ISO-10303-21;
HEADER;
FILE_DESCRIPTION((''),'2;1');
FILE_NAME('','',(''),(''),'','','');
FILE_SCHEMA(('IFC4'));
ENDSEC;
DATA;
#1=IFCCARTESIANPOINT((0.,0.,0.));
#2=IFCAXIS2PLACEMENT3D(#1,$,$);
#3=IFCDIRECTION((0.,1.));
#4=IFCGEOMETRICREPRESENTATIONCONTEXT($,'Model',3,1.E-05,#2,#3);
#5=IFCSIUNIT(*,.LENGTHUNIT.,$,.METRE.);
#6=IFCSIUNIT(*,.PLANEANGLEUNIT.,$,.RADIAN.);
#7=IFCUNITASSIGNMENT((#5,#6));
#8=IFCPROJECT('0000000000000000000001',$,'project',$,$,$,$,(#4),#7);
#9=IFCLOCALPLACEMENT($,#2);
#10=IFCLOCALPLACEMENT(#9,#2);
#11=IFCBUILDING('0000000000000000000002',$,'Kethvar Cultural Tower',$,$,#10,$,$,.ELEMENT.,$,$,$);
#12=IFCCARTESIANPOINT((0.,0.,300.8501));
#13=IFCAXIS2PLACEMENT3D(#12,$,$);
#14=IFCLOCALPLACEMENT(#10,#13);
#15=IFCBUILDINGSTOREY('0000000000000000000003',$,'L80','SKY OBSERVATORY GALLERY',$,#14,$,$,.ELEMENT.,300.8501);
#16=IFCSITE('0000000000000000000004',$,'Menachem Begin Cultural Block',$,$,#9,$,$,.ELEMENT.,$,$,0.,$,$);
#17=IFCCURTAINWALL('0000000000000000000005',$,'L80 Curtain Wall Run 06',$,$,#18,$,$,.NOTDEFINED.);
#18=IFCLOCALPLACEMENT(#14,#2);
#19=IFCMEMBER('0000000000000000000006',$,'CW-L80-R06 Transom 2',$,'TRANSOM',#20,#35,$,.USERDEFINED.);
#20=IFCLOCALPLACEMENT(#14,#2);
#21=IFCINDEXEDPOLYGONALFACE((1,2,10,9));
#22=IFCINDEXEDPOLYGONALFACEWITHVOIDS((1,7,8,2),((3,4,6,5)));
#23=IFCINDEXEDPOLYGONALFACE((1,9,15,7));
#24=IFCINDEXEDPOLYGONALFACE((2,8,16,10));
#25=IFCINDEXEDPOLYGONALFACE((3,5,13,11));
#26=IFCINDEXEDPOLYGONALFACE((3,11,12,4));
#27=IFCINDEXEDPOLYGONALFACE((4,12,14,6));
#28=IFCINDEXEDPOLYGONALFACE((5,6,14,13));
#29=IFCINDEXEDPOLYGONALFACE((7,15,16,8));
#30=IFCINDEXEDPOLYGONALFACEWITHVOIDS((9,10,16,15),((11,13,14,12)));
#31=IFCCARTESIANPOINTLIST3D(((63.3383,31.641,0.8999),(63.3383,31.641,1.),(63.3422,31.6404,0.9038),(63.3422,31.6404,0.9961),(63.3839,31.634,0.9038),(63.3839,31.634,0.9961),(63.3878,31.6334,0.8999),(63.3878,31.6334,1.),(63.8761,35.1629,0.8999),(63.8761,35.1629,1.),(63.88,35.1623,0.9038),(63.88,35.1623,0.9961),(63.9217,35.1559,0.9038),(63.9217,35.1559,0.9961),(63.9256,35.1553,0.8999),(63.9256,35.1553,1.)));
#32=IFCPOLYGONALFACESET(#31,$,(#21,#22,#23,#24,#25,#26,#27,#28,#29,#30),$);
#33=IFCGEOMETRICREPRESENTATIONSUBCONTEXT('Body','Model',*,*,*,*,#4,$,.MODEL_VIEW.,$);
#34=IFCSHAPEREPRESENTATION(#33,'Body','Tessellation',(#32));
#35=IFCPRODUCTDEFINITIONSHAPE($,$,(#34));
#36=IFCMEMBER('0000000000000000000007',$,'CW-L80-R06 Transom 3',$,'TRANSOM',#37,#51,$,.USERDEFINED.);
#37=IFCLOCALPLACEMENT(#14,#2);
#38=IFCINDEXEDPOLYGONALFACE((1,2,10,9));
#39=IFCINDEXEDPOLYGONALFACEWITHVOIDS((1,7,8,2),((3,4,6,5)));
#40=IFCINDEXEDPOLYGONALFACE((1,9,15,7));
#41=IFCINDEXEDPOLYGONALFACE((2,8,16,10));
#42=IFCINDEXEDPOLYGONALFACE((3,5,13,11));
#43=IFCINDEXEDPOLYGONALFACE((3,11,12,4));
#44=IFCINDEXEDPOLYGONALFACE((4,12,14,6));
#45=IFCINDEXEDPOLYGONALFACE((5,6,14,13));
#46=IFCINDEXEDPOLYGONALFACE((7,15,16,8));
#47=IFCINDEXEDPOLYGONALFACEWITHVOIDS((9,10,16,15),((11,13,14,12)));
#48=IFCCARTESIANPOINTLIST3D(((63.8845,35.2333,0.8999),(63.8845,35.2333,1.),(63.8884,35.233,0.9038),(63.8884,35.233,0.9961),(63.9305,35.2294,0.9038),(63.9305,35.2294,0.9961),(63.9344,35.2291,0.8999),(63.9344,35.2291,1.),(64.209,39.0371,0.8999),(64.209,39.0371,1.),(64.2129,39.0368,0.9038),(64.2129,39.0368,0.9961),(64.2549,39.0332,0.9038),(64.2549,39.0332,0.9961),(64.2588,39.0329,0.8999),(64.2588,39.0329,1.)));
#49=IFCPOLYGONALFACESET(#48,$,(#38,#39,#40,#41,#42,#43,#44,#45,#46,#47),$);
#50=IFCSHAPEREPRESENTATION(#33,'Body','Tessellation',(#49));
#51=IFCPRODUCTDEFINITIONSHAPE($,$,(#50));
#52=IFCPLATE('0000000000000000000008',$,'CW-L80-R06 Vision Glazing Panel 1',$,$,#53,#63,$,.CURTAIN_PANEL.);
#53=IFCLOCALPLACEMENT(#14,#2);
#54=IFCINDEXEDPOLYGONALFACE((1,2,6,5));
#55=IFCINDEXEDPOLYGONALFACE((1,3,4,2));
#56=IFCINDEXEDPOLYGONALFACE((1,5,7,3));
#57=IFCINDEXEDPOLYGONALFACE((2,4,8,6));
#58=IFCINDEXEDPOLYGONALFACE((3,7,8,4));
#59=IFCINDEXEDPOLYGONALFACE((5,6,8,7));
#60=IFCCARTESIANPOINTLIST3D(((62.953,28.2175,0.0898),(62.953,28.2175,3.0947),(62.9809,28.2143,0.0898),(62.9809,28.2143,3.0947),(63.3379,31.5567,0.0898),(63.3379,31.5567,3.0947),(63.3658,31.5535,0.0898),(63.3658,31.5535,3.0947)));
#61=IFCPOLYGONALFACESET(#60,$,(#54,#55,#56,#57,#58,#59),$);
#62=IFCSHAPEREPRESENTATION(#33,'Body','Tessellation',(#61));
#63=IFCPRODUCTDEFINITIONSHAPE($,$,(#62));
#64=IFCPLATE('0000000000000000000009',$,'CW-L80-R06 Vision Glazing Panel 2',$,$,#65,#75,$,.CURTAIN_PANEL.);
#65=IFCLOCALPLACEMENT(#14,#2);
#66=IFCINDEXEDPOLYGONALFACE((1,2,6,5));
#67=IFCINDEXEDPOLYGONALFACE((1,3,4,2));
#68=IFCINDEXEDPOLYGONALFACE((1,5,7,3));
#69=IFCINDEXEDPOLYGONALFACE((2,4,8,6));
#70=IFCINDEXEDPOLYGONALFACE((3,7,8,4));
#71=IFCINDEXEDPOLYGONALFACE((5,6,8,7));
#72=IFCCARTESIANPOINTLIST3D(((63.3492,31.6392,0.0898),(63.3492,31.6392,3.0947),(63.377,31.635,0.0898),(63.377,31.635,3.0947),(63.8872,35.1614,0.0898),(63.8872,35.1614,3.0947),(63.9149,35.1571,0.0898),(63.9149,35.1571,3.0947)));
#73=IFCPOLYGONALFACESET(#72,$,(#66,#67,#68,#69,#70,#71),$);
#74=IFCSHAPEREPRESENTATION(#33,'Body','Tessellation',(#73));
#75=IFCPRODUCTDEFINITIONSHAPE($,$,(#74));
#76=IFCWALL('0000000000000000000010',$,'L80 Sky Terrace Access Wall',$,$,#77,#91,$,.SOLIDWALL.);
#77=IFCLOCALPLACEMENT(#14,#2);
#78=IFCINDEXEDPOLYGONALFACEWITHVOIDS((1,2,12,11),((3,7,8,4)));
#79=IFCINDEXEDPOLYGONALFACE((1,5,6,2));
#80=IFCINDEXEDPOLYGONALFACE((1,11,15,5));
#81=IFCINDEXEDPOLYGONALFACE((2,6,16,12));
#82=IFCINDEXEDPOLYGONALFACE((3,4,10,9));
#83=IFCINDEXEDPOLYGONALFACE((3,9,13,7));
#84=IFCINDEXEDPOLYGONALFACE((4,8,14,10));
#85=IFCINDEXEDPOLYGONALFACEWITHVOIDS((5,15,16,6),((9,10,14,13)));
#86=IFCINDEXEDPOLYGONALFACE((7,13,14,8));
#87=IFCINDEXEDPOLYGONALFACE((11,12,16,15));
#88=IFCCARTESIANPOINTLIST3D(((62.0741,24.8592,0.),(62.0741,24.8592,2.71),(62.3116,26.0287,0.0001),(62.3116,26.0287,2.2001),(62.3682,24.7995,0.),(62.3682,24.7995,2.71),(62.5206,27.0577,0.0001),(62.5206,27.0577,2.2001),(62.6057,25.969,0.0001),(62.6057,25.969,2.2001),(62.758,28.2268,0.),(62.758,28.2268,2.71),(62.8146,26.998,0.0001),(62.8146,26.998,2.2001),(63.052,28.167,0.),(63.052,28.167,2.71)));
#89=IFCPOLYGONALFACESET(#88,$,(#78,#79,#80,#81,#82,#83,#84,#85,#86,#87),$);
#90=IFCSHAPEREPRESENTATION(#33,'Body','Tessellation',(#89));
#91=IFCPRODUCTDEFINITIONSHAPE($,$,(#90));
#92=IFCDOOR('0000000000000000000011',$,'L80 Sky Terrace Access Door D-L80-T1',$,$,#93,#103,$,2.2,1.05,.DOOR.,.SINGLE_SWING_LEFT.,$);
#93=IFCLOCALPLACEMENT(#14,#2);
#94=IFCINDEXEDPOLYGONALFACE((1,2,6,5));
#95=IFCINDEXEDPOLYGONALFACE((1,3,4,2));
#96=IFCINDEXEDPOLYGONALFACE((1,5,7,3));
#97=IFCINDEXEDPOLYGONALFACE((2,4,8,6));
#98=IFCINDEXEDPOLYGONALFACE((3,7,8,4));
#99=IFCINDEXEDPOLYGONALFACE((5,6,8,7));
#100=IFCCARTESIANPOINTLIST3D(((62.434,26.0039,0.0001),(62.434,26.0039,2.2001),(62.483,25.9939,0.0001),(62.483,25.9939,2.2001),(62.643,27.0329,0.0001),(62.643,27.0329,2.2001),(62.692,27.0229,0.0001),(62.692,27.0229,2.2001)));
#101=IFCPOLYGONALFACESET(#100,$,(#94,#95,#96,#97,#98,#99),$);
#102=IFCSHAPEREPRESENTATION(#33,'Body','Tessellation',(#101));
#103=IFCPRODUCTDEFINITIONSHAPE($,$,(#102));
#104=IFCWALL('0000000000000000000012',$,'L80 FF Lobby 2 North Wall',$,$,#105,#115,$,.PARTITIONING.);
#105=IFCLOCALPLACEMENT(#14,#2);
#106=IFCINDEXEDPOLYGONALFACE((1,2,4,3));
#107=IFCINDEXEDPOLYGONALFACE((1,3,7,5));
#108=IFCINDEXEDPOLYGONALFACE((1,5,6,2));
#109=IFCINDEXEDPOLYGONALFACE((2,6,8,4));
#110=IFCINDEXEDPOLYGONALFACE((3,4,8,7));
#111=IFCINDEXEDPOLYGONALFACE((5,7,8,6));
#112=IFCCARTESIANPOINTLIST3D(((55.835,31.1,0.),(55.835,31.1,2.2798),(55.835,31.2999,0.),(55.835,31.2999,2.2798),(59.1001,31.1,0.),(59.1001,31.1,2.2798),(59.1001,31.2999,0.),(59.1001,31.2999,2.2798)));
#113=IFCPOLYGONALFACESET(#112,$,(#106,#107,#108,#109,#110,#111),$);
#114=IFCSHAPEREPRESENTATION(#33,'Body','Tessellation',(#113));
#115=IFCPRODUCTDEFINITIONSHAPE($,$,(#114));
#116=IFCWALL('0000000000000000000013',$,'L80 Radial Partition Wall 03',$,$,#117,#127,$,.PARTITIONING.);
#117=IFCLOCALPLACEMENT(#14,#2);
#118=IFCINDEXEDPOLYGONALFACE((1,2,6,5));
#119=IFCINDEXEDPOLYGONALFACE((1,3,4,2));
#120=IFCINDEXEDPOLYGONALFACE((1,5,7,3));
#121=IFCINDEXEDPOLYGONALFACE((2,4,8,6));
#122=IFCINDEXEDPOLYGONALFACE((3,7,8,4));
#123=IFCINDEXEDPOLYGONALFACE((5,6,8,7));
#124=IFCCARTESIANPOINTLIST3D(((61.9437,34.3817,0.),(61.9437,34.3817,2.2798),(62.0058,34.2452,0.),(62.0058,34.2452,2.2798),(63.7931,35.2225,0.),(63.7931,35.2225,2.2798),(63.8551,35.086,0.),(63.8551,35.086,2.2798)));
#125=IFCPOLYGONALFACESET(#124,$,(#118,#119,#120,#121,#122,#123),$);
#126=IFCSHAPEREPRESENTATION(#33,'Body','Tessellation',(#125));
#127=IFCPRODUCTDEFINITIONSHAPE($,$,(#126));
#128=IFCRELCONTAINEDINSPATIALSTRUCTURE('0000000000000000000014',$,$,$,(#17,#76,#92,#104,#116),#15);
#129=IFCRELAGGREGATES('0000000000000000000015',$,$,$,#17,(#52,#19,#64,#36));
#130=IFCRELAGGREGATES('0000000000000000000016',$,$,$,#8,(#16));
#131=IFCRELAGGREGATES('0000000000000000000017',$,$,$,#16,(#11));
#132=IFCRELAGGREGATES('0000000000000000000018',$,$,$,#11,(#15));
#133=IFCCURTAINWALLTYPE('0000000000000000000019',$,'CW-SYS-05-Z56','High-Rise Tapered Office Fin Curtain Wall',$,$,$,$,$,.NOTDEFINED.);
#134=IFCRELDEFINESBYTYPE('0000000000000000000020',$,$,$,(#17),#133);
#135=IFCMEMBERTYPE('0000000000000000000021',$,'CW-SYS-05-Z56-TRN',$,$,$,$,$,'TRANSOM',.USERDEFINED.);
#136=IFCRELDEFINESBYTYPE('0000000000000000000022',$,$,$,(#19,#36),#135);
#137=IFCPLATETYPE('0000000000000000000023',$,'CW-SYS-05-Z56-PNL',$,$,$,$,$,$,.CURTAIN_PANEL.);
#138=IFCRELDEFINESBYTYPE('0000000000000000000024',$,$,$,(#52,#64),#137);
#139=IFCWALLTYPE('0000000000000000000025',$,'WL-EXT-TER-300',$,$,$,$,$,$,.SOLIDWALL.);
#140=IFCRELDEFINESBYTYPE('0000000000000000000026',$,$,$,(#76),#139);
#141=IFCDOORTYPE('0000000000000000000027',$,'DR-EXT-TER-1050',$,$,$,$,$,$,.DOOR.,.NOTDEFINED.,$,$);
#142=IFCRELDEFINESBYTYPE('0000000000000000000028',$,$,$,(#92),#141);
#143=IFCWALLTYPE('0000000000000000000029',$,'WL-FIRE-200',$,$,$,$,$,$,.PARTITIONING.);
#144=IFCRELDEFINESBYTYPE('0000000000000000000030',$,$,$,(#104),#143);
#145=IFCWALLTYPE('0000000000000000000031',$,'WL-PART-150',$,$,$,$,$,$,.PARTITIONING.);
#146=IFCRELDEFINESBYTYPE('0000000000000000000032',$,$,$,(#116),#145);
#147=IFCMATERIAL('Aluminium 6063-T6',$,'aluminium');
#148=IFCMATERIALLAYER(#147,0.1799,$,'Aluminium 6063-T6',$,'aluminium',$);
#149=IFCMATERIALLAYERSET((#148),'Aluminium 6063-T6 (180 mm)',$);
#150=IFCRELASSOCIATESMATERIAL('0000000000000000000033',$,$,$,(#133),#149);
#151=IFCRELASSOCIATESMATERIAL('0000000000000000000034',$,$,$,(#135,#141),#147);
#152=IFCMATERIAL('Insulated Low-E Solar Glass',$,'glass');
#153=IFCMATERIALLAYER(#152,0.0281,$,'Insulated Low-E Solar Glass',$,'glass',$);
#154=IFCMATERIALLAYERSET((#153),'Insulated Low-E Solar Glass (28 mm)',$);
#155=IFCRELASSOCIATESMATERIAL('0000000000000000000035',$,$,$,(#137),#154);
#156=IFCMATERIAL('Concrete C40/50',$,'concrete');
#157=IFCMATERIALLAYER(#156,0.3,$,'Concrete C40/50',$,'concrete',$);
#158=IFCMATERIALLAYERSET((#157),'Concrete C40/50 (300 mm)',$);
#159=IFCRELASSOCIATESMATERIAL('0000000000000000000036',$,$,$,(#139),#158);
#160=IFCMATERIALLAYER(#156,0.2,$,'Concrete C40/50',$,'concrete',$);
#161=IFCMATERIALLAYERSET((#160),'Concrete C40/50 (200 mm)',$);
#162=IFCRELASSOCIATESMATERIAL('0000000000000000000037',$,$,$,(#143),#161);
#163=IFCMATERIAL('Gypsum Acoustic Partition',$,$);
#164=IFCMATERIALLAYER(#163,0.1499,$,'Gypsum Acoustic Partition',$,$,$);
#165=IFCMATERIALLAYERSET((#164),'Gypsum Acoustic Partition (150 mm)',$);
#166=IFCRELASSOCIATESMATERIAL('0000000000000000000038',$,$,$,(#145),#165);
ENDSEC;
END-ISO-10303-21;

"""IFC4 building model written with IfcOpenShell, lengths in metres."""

from ifc_helpers import new_model, si_unit, direction, frame, frame_2d, origin, origin_2d, place, context, subcontext, project, spatial, rectangle, hollow_rectangle, extrude, source, transform, mapped, material, layer, layer_set, material_profile, profile_set, type_object, element, fill, aggregate, save


model = new_model("IFC4")

# Units and contexts
model_context = context("Model", 3, precision=1e-05, world=origin(), true_north=direction((0.0, 1.0)))
body_context = subcontext(model_context, "Body", "Model", "MODEL_VIEW")
ifc_project = project(units=[si_unit("LENGTHUNIT", "METRE"), si_unit("PLANEANGLEUNIT", "RADIAN")], contexts=[model_context])

# Site, building, storey
site_placement = place(None, origin())
site = spatial("IfcSite", under=ifc_project, at=site_placement, Name="Menachem Begin Cultural Block", CompositionType="ELEMENT", RefElevation=0.0)
building_placement = place(site_placement, origin())
building = spatial("IfcBuilding", under=site, at=building_placement, Name="Kethvar Cultural Tower", CompositionType="ELEMENT")
storey_placement = place(building_placement, frame((0.0, 0.0, 300.8501)))
storey = spatial("IfcBuildingStorey", under=building, at=storey_placement, Name="L80", Description="SKY OBSERVATORY GALLERY", CompositionType="ELEMENT", Elevation=300.8501)

# Curtain wall, members, plates
ifc_material_1 = material(Name="Aluminium 6063-T6", Category="aluminium")
ifc_layer_1 = layer(ifc_material_1, 0.1799, Name="Aluminium 6063-T6", Category="aluminium")
ifc_layer_set_1 = layer_set([ifc_layer_1], Name="Aluminium 6063-T6 (180 mm)")
curtain_wall_type = type_object("IfcCurtainWallType", Name="CW-SYS-05-Z56", Description="High-Rise Tapered Office Fin Curtain Wall", PredefinedType="NOTDEFINED", material=ifc_layer_set_1)
curtain_wall_placement = place(storey_placement, origin())
curtain_wall = element("IfcCurtainWall", 1, at=curtain_wall_placement, inside=storey, type_object=curtain_wall_type, Name="L80 Curtain Wall Run 06", PredefinedType="NOTDEFINED")
ifc_material_profile_1 = material_profile(ifc_material_1, hollow_rectangle(XDim=0.05, YDim=0.1001, WallThickness=0.0039, at=origin_2d()), Name="Aluminium 6063-T6 — RHS100x50x4")
ifc_profile_set_1 = profile_set([ifc_material_profile_1], Name="Aluminium 6063-T6 — RHS100x50x4")
member_type_1 = type_object("IfcMemberType", Name="CW-SYS-05-Z56-TRN", ElementType="TRANSOM", PredefinedType="USERDEFINED", material=ifc_profile_set_1)
shared_shape_1 = source(origin(), body_context, "Body", "SweptSolid", [
    extrude(hollow_rectangle(XDim=0.05, YDim=0.1001, WallThickness=0.0039, at=origin_2d()), origin(), (0.0, 0.0, 1.0), 3.5627),
])
member_1_placement = place(storey_placement, frame((63.363, 31.6372, 0.95), z_axis=(0.15096, 0.98854, 0.0), x_axis=(-0.98854, 0.15096, 0.0)))
member_1 = element("IfcMember", 2, at=member_1_placement, type_object=member_type_1, Name="CW-L80-R06 Transom 2", ObjectType="TRANSOM", PredefinedType="USERDEFINED", context=body_context, shape_type="MappedRepresentation", body=[
    mapped(shared_shape_1, transform((0.0, 0.0, 0.0), scale=1.0)),
])
shared_shape_2 = source(origin(), body_context, "Body", "SweptSolid", [
    extrude(hollow_rectangle(XDim=0.05, YDim=0.1001, WallThickness=0.0039, at=origin_2d()), origin(), (0.0, 0.0, 1.0), 3.8176),
])
member_2_placement = place(storey_placement, frame((63.9094, 35.2312, 0.95), z_axis=(0.084993, 0.996382, 0.0), x_axis=(-0.996382, 0.084993, 0.0)))
member_2 = element("IfcMember", 3, at=member_2_placement, type_object=member_type_1, Name="CW-L80-R06 Transom 3", ObjectType="TRANSOM", PredefinedType="USERDEFINED", context=body_context, shape_type="MappedRepresentation", body=[
    mapped(shared_shape_2, transform((0.0, 0.0, 0.0), scale=1.0)),
])
ifc_material_2 = material(Name="Insulated Low-E Solar Glass", Category="glass")
ifc_layer_2 = layer(ifc_material_2, 0.0281, Name="Insulated Low-E Solar Glass", Category="glass")
ifc_layer_set_2 = layer_set([ifc_layer_2], Name="Insulated Low-E Solar Glass (28 mm)")
plate_type = type_object("IfcPlateType", Name="CW-SYS-05-Z56-PNL", PredefinedType="CURTAIN_PANEL", material=ifc_layer_set_2)
shared_shape_3 = source(origin(), body_context, "Body", "SweptSolid", [
    extrude(rectangle(XDim=3.3613, YDim=0.0281, at=origin_2d()), origin(), (0.0, 0.0, 1.0), 3.0049),
])
plate_1_placement = place(storey_placement, frame((63.1594, 29.8855, 0.0898), z_axis=(0.0, 0.0, 1.0), x_axis=(0.114521, 0.993421, 0.0)))
plate_1 = element("IfcPlate", 4, at=plate_1_placement, type_object=plate_type, Name="CW-L80-R06 Vision Glazing Panel 1", PredefinedType="CURTAIN_PANEL", context=body_context, shape_type="MappedRepresentation", body=[
    mapped(shared_shape_3, transform((0.0, 0.0, 0.0), scale=1.0)),
])
shared_shape_4 = source(origin(), body_context, "Body", "SweptSolid", [
    extrude(rectangle(XDim=3.563, YDim=0.0281, at=origin_2d()), origin(), (0.0, 0.0, 1.0), 3.0049),
])
plate_2_placement = place(storey_placement, frame((63.6321, 33.3982, 0.0898), z_axis=(0.0, 0.0, 1.0), x_axis=(0.150985, 0.988536, 0.0)))
plate_2 = element("IfcPlate", 5, at=plate_2_placement, type_object=plate_type, Name="CW-L80-R06 Vision Glazing Panel 2", PredefinedType="CURTAIN_PANEL", context=body_context, shape_type="MappedRepresentation", body=[
    mapped(shared_shape_4, transform((0.0, 0.0, 0.0), scale=1.0)),
])
aggregate(curtain_wall, [plate_1, member_1, plate_2, member_2])

# Wall, opening, door
ifc_material_3 = material(Name="Concrete C40/50", Category="concrete")
ifc_layer_3 = layer(ifc_material_3, 0.3, Name="Concrete C40/50", Category="concrete")
ifc_layer_set_3 = layer_set([ifc_layer_3], Name="Concrete C40/50 (300 mm)")
wall_type_1 = type_object("IfcWallType", Name="WL-EXT-TER-300", PredefinedType="SOLIDWALL", material=ifc_layer_set_3)
wall_1_placement = place(storey_placement, frame((62.905, 28.197, 0.0), z_axis=(0.0, 0.0, 1.0), x_axis=(-0.199012, -0.979997, 0.0)))
wall_1 = element("IfcWall", 6, at=wall_1_placement, inside=storey, type_object=wall_type_1, Name="L80 Sky Terrace Access Wall", PredefinedType="SOLIDWALL", context=body_context, shape_type="SweptSolid", body=[
    extrude(rectangle(XDim=3.4363, YDim=0.3, at=frame_2d((1.7183, 0.0))), origin(), (0.0, 0.0, 1.0), 2.71),
])
opening_1_placement = place(wall_1_placement, frame((1.1931, 0.0, 0.0)))
opening_1 = element("IfcOpeningElement", 7, at=opening_1_placement, cuts=wall_1, PredefinedType="OPENING", context=body_context, shape_type="SweptSolid", body=[
    extrude(rectangle(XDim=1.05, YDim=2.2, at=frame_2d((0.5249, 1.1001))), frame((0.0, 0.1599, 0.0), z_axis=(0.0, -1.0, 0.0), x_axis=(1.0, 0.0, 0.0)), (0.0, 0.0, 1.0), 0.3201),
])
door_type_1 = type_object("IfcDoorType", Name="DR-EXT-TER-1050", OperationType="NOTDEFINED", PredefinedType="DOOR", material=ifc_material_1)
shared_shape_5 = source(origin(), body_context, "Body", "SweptSolid", [
    extrude(rectangle(XDim=1.05, YDim=2.2, at=frame_2d((0.5249, 1.1001))), frame((0.0, 0.0249, 0.0), z_axis=(0.0, -1.0, 0.0), x_axis=(1.0, 0.0, 0.0)), (0.0, 0.0, 1.0), 0.05),
])
door_1_placement = place(opening_1_placement, origin())
door_1 = element("IfcDoor", 8, at=door_1_placement, inside=storey, type_object=door_type_1, Name="L80 Sky Terrace Access Door D-L80-T1", OperationType="SINGLE_SWING_LEFT", OverallHeight=2.2, OverallWidth=1.05, PredefinedType="DOOR", context=body_context, shape_type="MappedRepresentation", body=[
    mapped(shared_shape_5, transform((0.0, 0.0, 0.0), scale=1.0)),
])
fill(opening_1, door_1)

# Walls
ifc_layer_4 = layer(ifc_material_3, 0.2, Name="Concrete C40/50", Category="concrete")
ifc_layer_set_4 = layer_set([ifc_layer_4], Name="Concrete C40/50 (200 mm)")
wall_type_2 = type_object("IfcWallType", Name="WL-FIRE-200", PredefinedType="PARTITIONING", material=ifc_layer_set_4)
wall_2_placement = place(storey_placement, frame((55.835, 31.2, 0.0), z_axis=(0.0, 0.0, 1.0), x_axis=(1.0, 0.0, 0.0)))
element("IfcWall", 9, at=wall_2_placement, inside=storey, type_object=wall_type_2, Name="L80 FF Lobby 2 North Wall", PredefinedType="PARTITIONING", context=body_context, shape_type="SweptSolid", body=[
    extrude(rectangle(XDim=3.2651, YDim=0.2, at=frame_2d((1.6326, 0.0))), origin(), (0.0, 0.0, 1.0), 2.2798),
])
ifc_material_4 = material(Name="Gypsum Acoustic Partition")
ifc_layer_5 = layer(ifc_material_4, 0.1499, Name="Gypsum Acoustic Partition")
ifc_layer_set_5 = layer_set([ifc_layer_5], Name="Gypsum Acoustic Partition (150 mm)")
wall_type_3 = type_object("IfcWallType", Name="WL-PART-150", PredefinedType="PARTITIONING", material=ifc_layer_set_5)
wall_3_placement = place(storey_placement, frame((61.9749, 34.3135, 0.0), z_axis=(0.0, 0.0, 1.0), x_axis=(0.910329, 0.413884, 0.0)))
element("IfcWall", 10, at=wall_3_placement, inside=storey, type_object=wall_type_3, Name="L80 Radial Partition Wall 03", PredefinedType="PARTITIONING", context=body_context, shape_type="SweptSolid", body=[
    extrude(rectangle(XDim=2.0315, YDim=0.1499, at=frame_2d((1.0156, 0.0))), origin(), (0.0, 0.0, 1.0), 2.2798),
])

save(model, "model.ifc")
